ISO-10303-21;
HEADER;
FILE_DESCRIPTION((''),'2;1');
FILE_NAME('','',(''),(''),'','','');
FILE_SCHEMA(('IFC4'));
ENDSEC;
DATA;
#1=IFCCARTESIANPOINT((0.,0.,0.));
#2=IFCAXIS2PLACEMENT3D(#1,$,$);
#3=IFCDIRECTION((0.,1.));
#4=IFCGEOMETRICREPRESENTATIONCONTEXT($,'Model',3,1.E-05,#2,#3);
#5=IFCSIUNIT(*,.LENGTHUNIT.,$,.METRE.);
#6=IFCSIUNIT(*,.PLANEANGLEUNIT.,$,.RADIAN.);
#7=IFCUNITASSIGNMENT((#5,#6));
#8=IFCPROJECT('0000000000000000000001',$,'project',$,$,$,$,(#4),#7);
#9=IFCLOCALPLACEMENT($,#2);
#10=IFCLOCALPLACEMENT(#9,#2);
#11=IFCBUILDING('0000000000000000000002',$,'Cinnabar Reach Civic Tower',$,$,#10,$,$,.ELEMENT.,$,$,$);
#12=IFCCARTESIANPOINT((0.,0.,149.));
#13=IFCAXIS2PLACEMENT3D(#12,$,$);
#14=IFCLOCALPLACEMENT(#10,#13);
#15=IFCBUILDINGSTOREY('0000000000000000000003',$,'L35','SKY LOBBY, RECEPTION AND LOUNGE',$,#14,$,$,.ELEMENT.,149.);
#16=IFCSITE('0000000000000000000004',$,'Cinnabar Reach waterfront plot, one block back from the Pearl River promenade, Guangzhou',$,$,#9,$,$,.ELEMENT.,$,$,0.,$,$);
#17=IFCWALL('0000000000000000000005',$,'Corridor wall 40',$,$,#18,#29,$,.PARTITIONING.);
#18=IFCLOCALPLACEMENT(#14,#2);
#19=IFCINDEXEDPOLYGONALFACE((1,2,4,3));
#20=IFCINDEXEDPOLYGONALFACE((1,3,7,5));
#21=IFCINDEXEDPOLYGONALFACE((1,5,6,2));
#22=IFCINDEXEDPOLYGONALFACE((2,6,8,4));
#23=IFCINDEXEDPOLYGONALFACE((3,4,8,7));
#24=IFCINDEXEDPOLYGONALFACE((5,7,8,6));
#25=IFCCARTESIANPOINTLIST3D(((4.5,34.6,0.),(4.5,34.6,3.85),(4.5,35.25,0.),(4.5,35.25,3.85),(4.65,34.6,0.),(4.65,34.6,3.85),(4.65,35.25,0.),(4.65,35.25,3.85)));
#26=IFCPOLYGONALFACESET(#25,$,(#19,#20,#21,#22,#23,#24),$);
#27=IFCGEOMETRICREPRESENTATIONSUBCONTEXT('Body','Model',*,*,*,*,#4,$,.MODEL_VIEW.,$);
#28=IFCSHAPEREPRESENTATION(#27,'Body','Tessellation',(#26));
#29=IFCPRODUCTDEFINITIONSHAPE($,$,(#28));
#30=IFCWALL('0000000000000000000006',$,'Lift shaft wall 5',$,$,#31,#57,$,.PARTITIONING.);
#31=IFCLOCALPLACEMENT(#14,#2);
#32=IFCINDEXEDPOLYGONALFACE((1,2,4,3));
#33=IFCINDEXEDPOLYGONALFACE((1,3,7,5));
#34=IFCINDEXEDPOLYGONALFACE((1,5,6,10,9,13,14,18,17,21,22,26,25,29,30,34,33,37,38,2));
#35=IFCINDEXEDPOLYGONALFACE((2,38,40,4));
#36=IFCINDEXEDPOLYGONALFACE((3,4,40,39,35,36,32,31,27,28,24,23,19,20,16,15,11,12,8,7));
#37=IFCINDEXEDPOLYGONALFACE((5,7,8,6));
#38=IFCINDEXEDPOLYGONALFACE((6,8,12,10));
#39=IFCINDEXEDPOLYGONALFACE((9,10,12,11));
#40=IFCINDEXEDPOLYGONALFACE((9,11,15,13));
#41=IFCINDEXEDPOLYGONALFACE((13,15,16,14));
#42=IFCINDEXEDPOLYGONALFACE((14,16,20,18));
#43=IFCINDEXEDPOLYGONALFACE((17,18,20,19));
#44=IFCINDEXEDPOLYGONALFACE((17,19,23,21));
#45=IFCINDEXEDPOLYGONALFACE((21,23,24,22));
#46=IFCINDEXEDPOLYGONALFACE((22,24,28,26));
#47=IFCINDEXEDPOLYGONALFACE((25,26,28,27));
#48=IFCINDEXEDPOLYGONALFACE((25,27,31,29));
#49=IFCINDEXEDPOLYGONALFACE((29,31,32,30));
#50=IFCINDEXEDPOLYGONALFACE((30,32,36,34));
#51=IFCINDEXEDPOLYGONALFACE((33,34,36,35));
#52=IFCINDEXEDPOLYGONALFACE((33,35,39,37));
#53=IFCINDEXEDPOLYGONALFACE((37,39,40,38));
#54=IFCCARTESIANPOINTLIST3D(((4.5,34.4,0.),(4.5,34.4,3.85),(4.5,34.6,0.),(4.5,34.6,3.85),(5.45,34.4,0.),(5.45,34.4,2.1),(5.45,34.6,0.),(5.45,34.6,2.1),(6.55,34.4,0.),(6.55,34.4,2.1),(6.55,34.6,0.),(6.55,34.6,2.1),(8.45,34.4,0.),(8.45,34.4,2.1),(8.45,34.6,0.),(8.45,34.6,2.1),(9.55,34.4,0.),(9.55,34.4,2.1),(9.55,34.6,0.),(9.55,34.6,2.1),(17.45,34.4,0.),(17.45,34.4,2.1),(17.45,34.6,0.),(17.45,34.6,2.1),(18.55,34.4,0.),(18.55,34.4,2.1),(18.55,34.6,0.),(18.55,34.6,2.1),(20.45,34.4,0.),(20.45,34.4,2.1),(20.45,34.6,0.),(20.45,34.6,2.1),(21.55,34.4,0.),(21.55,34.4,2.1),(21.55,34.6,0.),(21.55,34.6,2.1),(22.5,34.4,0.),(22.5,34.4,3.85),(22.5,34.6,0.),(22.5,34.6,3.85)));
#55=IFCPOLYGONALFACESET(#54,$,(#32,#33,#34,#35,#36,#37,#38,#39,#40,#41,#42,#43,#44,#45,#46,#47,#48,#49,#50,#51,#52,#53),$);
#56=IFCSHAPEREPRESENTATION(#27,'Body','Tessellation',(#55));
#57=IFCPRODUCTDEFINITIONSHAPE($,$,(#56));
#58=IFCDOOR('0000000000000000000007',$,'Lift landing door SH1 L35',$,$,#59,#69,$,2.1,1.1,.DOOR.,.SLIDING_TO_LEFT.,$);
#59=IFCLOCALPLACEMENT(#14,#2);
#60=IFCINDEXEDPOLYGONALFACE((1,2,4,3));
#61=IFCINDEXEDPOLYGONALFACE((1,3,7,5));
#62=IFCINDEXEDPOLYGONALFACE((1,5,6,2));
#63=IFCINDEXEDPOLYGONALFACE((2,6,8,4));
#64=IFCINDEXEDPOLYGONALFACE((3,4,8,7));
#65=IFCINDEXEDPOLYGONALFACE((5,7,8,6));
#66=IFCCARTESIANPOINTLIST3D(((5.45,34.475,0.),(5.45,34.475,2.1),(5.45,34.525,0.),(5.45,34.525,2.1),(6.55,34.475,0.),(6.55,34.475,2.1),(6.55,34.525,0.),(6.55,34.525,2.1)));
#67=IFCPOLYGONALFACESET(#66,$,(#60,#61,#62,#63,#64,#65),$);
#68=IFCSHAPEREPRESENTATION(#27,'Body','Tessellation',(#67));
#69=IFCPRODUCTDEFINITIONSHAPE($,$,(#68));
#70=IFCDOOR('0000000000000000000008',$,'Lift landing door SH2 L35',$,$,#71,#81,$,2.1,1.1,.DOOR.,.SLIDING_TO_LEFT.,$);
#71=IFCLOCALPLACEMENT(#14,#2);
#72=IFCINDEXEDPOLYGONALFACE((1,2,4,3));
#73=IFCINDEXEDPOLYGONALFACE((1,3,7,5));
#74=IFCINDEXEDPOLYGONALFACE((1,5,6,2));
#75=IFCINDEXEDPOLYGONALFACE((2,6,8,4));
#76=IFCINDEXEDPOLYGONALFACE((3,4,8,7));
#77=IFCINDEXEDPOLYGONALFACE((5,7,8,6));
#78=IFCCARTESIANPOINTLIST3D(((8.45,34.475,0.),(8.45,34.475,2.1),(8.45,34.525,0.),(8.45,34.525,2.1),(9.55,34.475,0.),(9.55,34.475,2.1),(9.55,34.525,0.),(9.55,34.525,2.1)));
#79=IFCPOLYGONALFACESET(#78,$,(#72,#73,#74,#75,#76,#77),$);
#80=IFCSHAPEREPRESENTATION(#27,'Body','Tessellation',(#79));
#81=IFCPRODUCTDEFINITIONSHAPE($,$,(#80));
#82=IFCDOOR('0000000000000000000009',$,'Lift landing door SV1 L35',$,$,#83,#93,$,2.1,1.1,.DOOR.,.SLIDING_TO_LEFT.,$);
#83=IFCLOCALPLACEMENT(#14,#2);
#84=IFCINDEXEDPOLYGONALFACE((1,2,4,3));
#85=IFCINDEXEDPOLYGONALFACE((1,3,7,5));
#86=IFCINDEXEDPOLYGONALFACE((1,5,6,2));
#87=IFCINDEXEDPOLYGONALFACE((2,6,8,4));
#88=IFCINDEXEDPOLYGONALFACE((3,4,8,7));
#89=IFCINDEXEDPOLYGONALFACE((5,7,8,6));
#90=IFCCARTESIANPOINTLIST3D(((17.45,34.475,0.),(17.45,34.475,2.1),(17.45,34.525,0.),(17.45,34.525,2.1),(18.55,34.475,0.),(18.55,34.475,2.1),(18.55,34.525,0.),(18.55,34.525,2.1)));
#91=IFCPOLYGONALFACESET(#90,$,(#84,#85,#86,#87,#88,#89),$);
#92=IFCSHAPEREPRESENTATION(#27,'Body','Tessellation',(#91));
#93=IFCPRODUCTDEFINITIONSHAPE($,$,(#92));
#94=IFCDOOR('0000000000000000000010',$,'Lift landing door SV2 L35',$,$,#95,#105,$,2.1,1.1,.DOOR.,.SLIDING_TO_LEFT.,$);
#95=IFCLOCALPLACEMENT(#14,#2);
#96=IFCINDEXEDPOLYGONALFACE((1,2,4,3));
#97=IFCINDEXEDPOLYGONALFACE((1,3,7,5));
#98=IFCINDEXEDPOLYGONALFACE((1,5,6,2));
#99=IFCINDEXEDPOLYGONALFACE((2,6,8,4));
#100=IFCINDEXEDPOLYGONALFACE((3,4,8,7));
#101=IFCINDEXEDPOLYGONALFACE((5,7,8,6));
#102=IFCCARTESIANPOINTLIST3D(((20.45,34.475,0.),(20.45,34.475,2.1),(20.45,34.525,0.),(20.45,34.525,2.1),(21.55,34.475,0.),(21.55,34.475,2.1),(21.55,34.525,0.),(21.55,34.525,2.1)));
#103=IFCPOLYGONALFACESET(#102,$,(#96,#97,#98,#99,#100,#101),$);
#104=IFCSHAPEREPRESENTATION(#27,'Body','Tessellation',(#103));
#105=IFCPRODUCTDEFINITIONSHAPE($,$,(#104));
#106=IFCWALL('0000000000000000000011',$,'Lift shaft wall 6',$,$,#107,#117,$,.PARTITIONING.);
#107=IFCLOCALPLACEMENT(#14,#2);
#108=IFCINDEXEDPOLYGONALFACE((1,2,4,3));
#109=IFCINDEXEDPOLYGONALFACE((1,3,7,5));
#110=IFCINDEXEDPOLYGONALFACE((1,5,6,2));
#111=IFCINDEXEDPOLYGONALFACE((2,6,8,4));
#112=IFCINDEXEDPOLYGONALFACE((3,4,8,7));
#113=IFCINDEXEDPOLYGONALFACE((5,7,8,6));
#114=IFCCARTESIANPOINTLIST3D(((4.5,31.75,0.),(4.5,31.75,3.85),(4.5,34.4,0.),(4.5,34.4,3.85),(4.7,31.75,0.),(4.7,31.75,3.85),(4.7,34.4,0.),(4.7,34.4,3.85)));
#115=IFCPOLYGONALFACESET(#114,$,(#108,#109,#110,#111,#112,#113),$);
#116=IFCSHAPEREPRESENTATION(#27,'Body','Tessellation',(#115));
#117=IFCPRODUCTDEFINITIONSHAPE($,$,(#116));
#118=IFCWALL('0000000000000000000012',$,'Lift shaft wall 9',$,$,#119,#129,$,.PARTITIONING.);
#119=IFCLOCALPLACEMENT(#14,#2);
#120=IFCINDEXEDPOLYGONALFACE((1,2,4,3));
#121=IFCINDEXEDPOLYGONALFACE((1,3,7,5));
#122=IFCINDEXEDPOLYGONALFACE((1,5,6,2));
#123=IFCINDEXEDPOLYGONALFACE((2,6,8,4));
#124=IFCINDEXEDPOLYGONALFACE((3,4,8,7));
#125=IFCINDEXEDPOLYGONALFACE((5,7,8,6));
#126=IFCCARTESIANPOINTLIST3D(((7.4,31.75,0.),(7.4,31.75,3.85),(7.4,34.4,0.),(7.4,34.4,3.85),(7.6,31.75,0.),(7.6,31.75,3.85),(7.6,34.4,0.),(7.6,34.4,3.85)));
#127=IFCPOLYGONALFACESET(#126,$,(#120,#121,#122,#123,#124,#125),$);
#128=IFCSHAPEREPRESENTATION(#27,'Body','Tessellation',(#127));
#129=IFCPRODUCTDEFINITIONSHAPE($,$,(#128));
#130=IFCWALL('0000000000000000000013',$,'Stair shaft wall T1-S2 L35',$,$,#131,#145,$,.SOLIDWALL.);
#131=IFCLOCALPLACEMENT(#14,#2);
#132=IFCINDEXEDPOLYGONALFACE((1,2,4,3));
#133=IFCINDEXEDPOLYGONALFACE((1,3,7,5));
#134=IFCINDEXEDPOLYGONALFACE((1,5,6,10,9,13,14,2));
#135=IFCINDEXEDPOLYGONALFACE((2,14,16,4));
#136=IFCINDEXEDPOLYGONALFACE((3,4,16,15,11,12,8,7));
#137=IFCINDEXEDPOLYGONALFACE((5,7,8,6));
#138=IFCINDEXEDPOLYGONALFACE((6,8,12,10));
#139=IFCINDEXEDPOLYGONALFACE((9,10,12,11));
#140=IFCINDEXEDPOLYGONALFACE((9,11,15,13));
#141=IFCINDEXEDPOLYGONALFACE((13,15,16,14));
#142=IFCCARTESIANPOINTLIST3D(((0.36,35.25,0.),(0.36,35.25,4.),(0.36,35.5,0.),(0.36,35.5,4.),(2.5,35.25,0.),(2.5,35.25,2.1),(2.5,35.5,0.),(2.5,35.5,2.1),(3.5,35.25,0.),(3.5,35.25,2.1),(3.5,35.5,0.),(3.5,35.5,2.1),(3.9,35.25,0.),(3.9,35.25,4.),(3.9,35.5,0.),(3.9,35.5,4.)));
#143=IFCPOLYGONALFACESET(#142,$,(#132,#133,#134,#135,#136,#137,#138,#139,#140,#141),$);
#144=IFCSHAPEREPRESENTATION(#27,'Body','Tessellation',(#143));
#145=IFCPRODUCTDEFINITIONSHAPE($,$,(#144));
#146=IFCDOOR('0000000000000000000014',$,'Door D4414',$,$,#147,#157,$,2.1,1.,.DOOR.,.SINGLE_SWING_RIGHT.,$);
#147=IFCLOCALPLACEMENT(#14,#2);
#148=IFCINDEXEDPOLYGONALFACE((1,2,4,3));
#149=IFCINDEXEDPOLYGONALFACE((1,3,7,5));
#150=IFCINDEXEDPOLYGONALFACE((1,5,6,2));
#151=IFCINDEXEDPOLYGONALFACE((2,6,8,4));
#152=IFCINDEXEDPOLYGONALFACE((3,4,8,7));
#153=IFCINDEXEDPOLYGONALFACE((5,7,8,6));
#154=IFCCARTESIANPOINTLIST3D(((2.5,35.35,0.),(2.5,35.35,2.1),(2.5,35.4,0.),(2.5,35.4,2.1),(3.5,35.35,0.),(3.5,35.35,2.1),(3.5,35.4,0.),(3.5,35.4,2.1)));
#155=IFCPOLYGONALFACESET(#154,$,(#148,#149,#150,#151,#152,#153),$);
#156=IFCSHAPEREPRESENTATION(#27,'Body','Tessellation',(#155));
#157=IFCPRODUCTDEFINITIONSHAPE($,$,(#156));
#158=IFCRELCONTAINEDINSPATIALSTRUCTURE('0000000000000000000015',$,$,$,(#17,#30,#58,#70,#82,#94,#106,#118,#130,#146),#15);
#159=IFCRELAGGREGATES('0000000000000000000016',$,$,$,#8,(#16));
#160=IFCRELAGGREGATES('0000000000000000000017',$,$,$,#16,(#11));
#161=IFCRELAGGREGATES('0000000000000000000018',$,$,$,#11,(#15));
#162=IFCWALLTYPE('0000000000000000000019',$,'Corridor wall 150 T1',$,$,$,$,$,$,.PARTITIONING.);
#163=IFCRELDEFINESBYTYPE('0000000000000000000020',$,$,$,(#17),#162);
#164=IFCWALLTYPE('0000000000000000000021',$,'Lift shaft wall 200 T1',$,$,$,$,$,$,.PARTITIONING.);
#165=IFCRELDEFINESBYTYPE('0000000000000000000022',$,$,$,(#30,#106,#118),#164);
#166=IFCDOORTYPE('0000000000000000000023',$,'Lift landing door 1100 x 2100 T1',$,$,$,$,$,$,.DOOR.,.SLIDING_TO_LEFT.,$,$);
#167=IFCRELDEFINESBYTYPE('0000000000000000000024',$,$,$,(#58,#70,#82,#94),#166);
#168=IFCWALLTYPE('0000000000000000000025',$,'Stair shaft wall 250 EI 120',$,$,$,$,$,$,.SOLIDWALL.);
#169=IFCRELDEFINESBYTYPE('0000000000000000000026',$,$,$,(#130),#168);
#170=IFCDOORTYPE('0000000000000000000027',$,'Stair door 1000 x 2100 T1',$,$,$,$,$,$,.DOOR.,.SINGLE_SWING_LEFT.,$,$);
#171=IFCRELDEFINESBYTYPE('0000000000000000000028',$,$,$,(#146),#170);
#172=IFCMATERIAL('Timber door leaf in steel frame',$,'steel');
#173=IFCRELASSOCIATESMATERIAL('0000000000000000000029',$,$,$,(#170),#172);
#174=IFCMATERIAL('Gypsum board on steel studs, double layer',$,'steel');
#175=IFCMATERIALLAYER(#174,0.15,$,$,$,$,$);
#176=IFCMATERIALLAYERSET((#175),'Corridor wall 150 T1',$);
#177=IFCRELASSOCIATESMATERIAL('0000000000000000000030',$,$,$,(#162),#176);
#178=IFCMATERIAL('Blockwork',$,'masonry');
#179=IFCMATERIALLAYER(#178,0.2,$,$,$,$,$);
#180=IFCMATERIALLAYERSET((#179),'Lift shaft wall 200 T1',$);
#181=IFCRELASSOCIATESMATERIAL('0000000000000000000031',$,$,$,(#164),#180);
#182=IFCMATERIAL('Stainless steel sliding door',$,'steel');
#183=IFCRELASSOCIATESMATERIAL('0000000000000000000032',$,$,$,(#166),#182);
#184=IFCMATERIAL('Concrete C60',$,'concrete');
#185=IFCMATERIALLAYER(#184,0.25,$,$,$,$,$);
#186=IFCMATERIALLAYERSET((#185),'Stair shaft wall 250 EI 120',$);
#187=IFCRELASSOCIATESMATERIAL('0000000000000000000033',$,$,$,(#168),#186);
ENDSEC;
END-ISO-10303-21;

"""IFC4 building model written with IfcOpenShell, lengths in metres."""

from ifc_helpers import new_model, si_unit, direction, frame, frame_2d, origin, place, context, subcontext, project, spatial, rectangle, extrude, material, layer, layer_set, type_object, element, fill, save


model = new_model("IFC4")

# Units and contexts
model_context = context("Model", 3, precision=1e-05, world=origin(), true_north=direction((0.0, 1.0)))
body_context = subcontext(model_context, "Body", "Model", "MODEL_VIEW")
ifc_project = project(units=[si_unit("LENGTHUNIT", "METRE"), si_unit("PLANEANGLEUNIT", "RADIAN")], contexts=[model_context])

# Site, building, storey
site_placement = place(None, origin())
site = spatial("IfcSite", under=ifc_project, at=site_placement, Name="Cinnabar Reach waterfront plot, one block back from the Pearl River promenade, Guangzhou", CompositionType="ELEMENT", RefElevation=0.0)
building_placement = place(site_placement, origin())
building = spatial("IfcBuilding", under=site, at=building_placement, Name="Cinnabar Reach Civic Tower", CompositionType="ELEMENT")
storey_placement = place(building_placement, frame((0.0, 0.0, 149.0)))
storey = spatial("IfcBuildingStorey", under=building, at=storey_placement, Name="L35", Description="SKY LOBBY, RECEPTION AND LOUNGE", CompositionType="ELEMENT", Elevation=149.0)

# Shared definitions
ifc_material_1 = material(Name="Concrete C60", Category="concrete")

# Shared definitions
ifc_material_2 = material(Name="Timber door leaf in steel frame", Category="steel")
door_type_1 = type_object("IfcDoorType", Name="Stair door 1000 x 2100 T1", OperationType="SINGLE_SWING_LEFT", PredefinedType="DOOR", material=ifc_material_2)

# Wall
ifc_material_3 = material(Name="Gypsum board on steel studs, double layer", Category="steel")
ifc_layer_1 = layer(ifc_material_3, 0.15)
ifc_layer_set_1 = layer_set([ifc_layer_1], Name="Corridor wall 150 T1")
wall_type_1 = type_object("IfcWallType", Name="Corridor wall 150 T1", PredefinedType="PARTITIONING", material=ifc_layer_set_1)
wall_1_placement = place(storey_placement, frame((4.575, 34.6, 0.0), z_axis=(0.0, 0.0, 1.0), x_axis=(0.0, 1.0, 0.0)))
element("IfcWall", 1, at=wall_1_placement, inside=storey, type_object=wall_type_1, Name="Corridor wall 40", PredefinedType="PARTITIONING", context=body_context, shape_type="SweptSolid", body=[
    extrude(rectangle(XDim=0.65, YDim=0.15, at=frame_2d((0.325, 0.0))), origin(), (0.0, 0.0, 1.0), 3.85),
])

# Wall, openings, doors
ifc_material_4 = material(Name="Blockwork", Category="masonry")
ifc_layer_2 = layer(ifc_material_4, 0.2)
ifc_layer_set_2 = layer_set([ifc_layer_2], Name="Lift shaft wall 200 T1")
wall_type_2 = type_object("IfcWallType", Name="Lift shaft wall 200 T1", PredefinedType="PARTITIONING", material=ifc_layer_set_2)
wall_2_placement = place(storey_placement, frame((4.5, 34.5, 0.0), z_axis=(0.0, 0.0, 1.0), x_axis=(1.0, 0.0, 0.0)))
wall_2 = element("IfcWall", 2, at=wall_2_placement, inside=storey, type_object=wall_type_2, Name="Lift shaft wall 5", PredefinedType="PARTITIONING", context=body_context, shape_type="SweptSolid", body=[
    extrude(rectangle(XDim=18.0, YDim=0.2, at=frame_2d((9.0, 0.0))), origin(), (0.0, 0.0, 1.0), 3.85),
])
opening_1_placement = place(wall_2_placement, frame((0.95, 0.0, 0.0)))
opening_1 = element("IfcOpeningElement", 3, at=opening_1_placement, cuts=wall_2, PredefinedType="OPENING", context=body_context, shape_type="SweptSolid", body=[
    extrude(rectangle(XDim=1.1, YDim=2.1, at=frame_2d((0.55, 1.05))), frame((0.0, 0.11, 0.0), z_axis=(0.0, -1.0, 0.0), x_axis=(1.0, 0.0, 0.0)), (0.0, 0.0, 1.0), 0.22),
])
opening_2_placement = place(wall_2_placement, frame((3.95, 0.0, 0.0)))
opening_2 = element("IfcOpeningElement", 4, at=opening_2_placement, cuts=wall_2, PredefinedType="OPENING", context=body_context, shape_type="SweptSolid", body=[
    extrude(rectangle(XDim=1.1, YDim=2.1, at=frame_2d((0.55, 1.05))), frame((0.0, 0.11, 0.0), z_axis=(0.0, -1.0, 0.0), x_axis=(1.0, 0.0, 0.0)), (0.0, 0.0, 1.0), 0.22),
])
opening_3_placement = place(wall_2_placement, frame((12.95, 0.0, 0.0)))
opening_3 = element("IfcOpeningElement", 5, at=opening_3_placement, cuts=wall_2, PredefinedType="OPENING", context=body_context, shape_type="SweptSolid", body=[
    extrude(rectangle(XDim=1.1, YDim=2.1, at=frame_2d((0.55, 1.05))), frame((0.0, 0.11, 0.0), z_axis=(0.0, -1.0, 0.0), x_axis=(1.0, 0.0, 0.0)), (0.0, 0.0, 1.0), 0.22),
])
opening_4_placement = place(wall_2_placement, frame((15.95, 0.0, 0.0)))
opening_4 = element("IfcOpeningElement", 6, at=opening_4_placement, cuts=wall_2, PredefinedType="OPENING", context=body_context, shape_type="SweptSolid", body=[
    extrude(rectangle(XDim=1.1, YDim=2.1, at=frame_2d((0.55, 1.05))), frame((0.0, 0.11, 0.0), z_axis=(0.0, -1.0, 0.0), x_axis=(1.0, 0.0, 0.0)), (0.0, 0.0, 1.0), 0.22),
])
ifc_material_5 = material(Name="Stainless steel sliding door", Category="steel")
door_type_2 = type_object("IfcDoorType", Name="Lift landing door 1100 x 2100 T1", OperationType="SLIDING_TO_LEFT", PredefinedType="DOOR", material=ifc_material_5)
door_1_placement = place(opening_1_placement, origin())
door_1 = element("IfcDoor", 7, at=door_1_placement, inside=storey, type_object=door_type_2, Name="Lift landing door SH1 L35", OperationType="SLIDING_TO_LEFT", OverallHeight=2.1, OverallWidth=1.1, PredefinedType="DOOR", context=body_context, shape_type="SweptSolid", body=[
    extrude(rectangle(XDim=1.1, YDim=2.1, at=frame_2d((0.55, 1.05))), frame((0.0, 0.025, 0.0), z_axis=(0.0, -1.0, 0.0), x_axis=(1.0, 0.0, 0.0)), (0.0, 0.0, 1.0), 0.05),
])
fill(opening_1, door_1)
door_2_placement = place(opening_2_placement, origin())
door_2 = element("IfcDoor", 8, at=door_2_placement, inside=storey, type_object=door_type_2, Name="Lift landing door SH2 L35", OperationType="SLIDING_TO_LEFT", OverallHeight=2.1, OverallWidth=1.1, PredefinedType="DOOR", context=body_context, shape_type="SweptSolid", body=[
    extrude(rectangle(XDim=1.1, YDim=2.1, at=frame_2d((0.55, 1.05))), frame((0.0, 0.025, 0.0), z_axis=(0.0, -1.0, 0.0), x_axis=(1.0, 0.0, 0.0)), (0.0, 0.0, 1.0), 0.05),
])
fill(opening_2, door_2)
door_3_placement = place(opening_3_placement, origin())
door_3 = element("IfcDoor", 9, at=door_3_placement, inside=storey, type_object=door_type_2, Name="Lift landing door SV1 L35", OperationType="SLIDING_TO_LEFT", OverallHeight=2.1, OverallWidth=1.1, PredefinedType="DOOR", context=body_context, shape_type="SweptSolid", body=[
    extrude(rectangle(XDim=1.1, YDim=2.1, at=frame_2d((0.55, 1.05))), frame((0.0, 0.025, 0.0), z_axis=(0.0, -1.0, 0.0), x_axis=(1.0, 0.0, 0.0)), (0.0, 0.0, 1.0), 0.05),
])
fill(opening_3, door_3)
door_4_placement = place(opening_4_placement, origin())
door_4 = element("IfcDoor", 10, at=door_4_placement, inside=storey, type_object=door_type_2, Name="Lift landing door SV2 L35", OperationType="SLIDING_TO_LEFT", OverallHeight=2.1, OverallWidth=1.1, PredefinedType="DOOR", context=body_context, shape_type="SweptSolid", body=[
    extrude(rectangle(XDim=1.1, YDim=2.1, at=frame_2d((0.55, 1.05))), frame((0.0, 0.025, 0.0), z_axis=(0.0, -1.0, 0.0), x_axis=(1.0, 0.0, 0.0)), (0.0, 0.0, 1.0), 0.05),
])
fill(opening_4, door_4)

# Walls
for number, where, z_axis, x_axis, name in (
    (11, (4.6, 31.75, 0.0), (0.0, 0.0, 1.0), (0.0, 1.0, 0.0), "Lift shaft wall 6"),
    (12, (7.5, 31.75, 0.0), (0.0, 0.0, 1.0), (0.0, 1.0, 0.0), "Lift shaft wall 9"),
):
    element("IfcWall", number, at=place(storey_placement, frame(where, z_axis=z_axis, x_axis=x_axis)), inside=storey, type_object=wall_type_2, Name=name, PredefinedType="PARTITIONING", context=body_context, shape_type="SweptSolid", body=[
        extrude(rectangle(XDim=2.65, YDim=0.2, at=frame_2d((1.325, 0.0))), origin(), (0.0, 0.0, 1.0), 3.85),
    ])

# Wall, opening, door
ifc_layer_3 = layer(ifc_material_1, 0.25)
ifc_layer_set_3 = layer_set([ifc_layer_3], Name="Stair shaft wall 250 EI 120")
wall_type_3 = type_object("IfcWallType", Name="Stair shaft wall 250 EI 120", PredefinedType="SOLIDWALL", material=ifc_layer_set_3)
wall_3_placement = place(storey_placement, frame((0.36, 35.375, 0.0), z_axis=(0.0, 0.0, 1.0), x_axis=(1.0, 0.0, 0.0)))
wall_3 = element("IfcWall", 13, at=wall_3_placement, inside=storey, type_object=wall_type_3, Name="Stair shaft wall T1-S2 L35", PredefinedType="SOLIDWALL", context=body_context, shape_type="SweptSolid", body=[
    extrude(rectangle(XDim=3.54, YDim=0.25, at=frame_2d((1.77, 0.0))), origin(), (0.0, 0.0, 1.0), 4.0),
])
opening_5_placement = place(wall_3_placement, frame((2.14, 0.0, 0.0)))
opening_5 = element("IfcOpeningElement", 14, at=opening_5_placement, cuts=wall_3, PredefinedType="OPENING", context=body_context, shape_type="SweptSolid", body=[
    extrude(rectangle(XDim=1.0, YDim=2.1, at=frame_2d((0.5, 1.05))), frame((0.0, 0.135, 0.0), z_axis=(0.0, -1.0, 0.0), x_axis=(1.0, 0.0, 0.0)), (0.0, 0.0, 1.0), 0.27),
])
door_5_placement = place(opening_5_placement, origin())
door_5 = element("IfcDoor", 15, at=door_5_placement, inside=storey, type_object=door_type_1, Name="Door D4414", OperationType="SINGLE_SWING_RIGHT", OverallHeight=2.1, OverallWidth=1.0, PredefinedType="DOOR", context=body_context, shape_type="SweptSolid", body=[
    extrude(rectangle(XDim=1.0, YDim=2.1, at=frame_2d((0.5, 1.05))), frame((0.0, 0.025, 0.0), z_axis=(0.0, -1.0, 0.0), x_axis=(1.0, 0.0, 0.0)), (0.0, 0.0, 1.0), 0.05),
])
fill(opening_5, door_5)

save(model, "model.ifc")
